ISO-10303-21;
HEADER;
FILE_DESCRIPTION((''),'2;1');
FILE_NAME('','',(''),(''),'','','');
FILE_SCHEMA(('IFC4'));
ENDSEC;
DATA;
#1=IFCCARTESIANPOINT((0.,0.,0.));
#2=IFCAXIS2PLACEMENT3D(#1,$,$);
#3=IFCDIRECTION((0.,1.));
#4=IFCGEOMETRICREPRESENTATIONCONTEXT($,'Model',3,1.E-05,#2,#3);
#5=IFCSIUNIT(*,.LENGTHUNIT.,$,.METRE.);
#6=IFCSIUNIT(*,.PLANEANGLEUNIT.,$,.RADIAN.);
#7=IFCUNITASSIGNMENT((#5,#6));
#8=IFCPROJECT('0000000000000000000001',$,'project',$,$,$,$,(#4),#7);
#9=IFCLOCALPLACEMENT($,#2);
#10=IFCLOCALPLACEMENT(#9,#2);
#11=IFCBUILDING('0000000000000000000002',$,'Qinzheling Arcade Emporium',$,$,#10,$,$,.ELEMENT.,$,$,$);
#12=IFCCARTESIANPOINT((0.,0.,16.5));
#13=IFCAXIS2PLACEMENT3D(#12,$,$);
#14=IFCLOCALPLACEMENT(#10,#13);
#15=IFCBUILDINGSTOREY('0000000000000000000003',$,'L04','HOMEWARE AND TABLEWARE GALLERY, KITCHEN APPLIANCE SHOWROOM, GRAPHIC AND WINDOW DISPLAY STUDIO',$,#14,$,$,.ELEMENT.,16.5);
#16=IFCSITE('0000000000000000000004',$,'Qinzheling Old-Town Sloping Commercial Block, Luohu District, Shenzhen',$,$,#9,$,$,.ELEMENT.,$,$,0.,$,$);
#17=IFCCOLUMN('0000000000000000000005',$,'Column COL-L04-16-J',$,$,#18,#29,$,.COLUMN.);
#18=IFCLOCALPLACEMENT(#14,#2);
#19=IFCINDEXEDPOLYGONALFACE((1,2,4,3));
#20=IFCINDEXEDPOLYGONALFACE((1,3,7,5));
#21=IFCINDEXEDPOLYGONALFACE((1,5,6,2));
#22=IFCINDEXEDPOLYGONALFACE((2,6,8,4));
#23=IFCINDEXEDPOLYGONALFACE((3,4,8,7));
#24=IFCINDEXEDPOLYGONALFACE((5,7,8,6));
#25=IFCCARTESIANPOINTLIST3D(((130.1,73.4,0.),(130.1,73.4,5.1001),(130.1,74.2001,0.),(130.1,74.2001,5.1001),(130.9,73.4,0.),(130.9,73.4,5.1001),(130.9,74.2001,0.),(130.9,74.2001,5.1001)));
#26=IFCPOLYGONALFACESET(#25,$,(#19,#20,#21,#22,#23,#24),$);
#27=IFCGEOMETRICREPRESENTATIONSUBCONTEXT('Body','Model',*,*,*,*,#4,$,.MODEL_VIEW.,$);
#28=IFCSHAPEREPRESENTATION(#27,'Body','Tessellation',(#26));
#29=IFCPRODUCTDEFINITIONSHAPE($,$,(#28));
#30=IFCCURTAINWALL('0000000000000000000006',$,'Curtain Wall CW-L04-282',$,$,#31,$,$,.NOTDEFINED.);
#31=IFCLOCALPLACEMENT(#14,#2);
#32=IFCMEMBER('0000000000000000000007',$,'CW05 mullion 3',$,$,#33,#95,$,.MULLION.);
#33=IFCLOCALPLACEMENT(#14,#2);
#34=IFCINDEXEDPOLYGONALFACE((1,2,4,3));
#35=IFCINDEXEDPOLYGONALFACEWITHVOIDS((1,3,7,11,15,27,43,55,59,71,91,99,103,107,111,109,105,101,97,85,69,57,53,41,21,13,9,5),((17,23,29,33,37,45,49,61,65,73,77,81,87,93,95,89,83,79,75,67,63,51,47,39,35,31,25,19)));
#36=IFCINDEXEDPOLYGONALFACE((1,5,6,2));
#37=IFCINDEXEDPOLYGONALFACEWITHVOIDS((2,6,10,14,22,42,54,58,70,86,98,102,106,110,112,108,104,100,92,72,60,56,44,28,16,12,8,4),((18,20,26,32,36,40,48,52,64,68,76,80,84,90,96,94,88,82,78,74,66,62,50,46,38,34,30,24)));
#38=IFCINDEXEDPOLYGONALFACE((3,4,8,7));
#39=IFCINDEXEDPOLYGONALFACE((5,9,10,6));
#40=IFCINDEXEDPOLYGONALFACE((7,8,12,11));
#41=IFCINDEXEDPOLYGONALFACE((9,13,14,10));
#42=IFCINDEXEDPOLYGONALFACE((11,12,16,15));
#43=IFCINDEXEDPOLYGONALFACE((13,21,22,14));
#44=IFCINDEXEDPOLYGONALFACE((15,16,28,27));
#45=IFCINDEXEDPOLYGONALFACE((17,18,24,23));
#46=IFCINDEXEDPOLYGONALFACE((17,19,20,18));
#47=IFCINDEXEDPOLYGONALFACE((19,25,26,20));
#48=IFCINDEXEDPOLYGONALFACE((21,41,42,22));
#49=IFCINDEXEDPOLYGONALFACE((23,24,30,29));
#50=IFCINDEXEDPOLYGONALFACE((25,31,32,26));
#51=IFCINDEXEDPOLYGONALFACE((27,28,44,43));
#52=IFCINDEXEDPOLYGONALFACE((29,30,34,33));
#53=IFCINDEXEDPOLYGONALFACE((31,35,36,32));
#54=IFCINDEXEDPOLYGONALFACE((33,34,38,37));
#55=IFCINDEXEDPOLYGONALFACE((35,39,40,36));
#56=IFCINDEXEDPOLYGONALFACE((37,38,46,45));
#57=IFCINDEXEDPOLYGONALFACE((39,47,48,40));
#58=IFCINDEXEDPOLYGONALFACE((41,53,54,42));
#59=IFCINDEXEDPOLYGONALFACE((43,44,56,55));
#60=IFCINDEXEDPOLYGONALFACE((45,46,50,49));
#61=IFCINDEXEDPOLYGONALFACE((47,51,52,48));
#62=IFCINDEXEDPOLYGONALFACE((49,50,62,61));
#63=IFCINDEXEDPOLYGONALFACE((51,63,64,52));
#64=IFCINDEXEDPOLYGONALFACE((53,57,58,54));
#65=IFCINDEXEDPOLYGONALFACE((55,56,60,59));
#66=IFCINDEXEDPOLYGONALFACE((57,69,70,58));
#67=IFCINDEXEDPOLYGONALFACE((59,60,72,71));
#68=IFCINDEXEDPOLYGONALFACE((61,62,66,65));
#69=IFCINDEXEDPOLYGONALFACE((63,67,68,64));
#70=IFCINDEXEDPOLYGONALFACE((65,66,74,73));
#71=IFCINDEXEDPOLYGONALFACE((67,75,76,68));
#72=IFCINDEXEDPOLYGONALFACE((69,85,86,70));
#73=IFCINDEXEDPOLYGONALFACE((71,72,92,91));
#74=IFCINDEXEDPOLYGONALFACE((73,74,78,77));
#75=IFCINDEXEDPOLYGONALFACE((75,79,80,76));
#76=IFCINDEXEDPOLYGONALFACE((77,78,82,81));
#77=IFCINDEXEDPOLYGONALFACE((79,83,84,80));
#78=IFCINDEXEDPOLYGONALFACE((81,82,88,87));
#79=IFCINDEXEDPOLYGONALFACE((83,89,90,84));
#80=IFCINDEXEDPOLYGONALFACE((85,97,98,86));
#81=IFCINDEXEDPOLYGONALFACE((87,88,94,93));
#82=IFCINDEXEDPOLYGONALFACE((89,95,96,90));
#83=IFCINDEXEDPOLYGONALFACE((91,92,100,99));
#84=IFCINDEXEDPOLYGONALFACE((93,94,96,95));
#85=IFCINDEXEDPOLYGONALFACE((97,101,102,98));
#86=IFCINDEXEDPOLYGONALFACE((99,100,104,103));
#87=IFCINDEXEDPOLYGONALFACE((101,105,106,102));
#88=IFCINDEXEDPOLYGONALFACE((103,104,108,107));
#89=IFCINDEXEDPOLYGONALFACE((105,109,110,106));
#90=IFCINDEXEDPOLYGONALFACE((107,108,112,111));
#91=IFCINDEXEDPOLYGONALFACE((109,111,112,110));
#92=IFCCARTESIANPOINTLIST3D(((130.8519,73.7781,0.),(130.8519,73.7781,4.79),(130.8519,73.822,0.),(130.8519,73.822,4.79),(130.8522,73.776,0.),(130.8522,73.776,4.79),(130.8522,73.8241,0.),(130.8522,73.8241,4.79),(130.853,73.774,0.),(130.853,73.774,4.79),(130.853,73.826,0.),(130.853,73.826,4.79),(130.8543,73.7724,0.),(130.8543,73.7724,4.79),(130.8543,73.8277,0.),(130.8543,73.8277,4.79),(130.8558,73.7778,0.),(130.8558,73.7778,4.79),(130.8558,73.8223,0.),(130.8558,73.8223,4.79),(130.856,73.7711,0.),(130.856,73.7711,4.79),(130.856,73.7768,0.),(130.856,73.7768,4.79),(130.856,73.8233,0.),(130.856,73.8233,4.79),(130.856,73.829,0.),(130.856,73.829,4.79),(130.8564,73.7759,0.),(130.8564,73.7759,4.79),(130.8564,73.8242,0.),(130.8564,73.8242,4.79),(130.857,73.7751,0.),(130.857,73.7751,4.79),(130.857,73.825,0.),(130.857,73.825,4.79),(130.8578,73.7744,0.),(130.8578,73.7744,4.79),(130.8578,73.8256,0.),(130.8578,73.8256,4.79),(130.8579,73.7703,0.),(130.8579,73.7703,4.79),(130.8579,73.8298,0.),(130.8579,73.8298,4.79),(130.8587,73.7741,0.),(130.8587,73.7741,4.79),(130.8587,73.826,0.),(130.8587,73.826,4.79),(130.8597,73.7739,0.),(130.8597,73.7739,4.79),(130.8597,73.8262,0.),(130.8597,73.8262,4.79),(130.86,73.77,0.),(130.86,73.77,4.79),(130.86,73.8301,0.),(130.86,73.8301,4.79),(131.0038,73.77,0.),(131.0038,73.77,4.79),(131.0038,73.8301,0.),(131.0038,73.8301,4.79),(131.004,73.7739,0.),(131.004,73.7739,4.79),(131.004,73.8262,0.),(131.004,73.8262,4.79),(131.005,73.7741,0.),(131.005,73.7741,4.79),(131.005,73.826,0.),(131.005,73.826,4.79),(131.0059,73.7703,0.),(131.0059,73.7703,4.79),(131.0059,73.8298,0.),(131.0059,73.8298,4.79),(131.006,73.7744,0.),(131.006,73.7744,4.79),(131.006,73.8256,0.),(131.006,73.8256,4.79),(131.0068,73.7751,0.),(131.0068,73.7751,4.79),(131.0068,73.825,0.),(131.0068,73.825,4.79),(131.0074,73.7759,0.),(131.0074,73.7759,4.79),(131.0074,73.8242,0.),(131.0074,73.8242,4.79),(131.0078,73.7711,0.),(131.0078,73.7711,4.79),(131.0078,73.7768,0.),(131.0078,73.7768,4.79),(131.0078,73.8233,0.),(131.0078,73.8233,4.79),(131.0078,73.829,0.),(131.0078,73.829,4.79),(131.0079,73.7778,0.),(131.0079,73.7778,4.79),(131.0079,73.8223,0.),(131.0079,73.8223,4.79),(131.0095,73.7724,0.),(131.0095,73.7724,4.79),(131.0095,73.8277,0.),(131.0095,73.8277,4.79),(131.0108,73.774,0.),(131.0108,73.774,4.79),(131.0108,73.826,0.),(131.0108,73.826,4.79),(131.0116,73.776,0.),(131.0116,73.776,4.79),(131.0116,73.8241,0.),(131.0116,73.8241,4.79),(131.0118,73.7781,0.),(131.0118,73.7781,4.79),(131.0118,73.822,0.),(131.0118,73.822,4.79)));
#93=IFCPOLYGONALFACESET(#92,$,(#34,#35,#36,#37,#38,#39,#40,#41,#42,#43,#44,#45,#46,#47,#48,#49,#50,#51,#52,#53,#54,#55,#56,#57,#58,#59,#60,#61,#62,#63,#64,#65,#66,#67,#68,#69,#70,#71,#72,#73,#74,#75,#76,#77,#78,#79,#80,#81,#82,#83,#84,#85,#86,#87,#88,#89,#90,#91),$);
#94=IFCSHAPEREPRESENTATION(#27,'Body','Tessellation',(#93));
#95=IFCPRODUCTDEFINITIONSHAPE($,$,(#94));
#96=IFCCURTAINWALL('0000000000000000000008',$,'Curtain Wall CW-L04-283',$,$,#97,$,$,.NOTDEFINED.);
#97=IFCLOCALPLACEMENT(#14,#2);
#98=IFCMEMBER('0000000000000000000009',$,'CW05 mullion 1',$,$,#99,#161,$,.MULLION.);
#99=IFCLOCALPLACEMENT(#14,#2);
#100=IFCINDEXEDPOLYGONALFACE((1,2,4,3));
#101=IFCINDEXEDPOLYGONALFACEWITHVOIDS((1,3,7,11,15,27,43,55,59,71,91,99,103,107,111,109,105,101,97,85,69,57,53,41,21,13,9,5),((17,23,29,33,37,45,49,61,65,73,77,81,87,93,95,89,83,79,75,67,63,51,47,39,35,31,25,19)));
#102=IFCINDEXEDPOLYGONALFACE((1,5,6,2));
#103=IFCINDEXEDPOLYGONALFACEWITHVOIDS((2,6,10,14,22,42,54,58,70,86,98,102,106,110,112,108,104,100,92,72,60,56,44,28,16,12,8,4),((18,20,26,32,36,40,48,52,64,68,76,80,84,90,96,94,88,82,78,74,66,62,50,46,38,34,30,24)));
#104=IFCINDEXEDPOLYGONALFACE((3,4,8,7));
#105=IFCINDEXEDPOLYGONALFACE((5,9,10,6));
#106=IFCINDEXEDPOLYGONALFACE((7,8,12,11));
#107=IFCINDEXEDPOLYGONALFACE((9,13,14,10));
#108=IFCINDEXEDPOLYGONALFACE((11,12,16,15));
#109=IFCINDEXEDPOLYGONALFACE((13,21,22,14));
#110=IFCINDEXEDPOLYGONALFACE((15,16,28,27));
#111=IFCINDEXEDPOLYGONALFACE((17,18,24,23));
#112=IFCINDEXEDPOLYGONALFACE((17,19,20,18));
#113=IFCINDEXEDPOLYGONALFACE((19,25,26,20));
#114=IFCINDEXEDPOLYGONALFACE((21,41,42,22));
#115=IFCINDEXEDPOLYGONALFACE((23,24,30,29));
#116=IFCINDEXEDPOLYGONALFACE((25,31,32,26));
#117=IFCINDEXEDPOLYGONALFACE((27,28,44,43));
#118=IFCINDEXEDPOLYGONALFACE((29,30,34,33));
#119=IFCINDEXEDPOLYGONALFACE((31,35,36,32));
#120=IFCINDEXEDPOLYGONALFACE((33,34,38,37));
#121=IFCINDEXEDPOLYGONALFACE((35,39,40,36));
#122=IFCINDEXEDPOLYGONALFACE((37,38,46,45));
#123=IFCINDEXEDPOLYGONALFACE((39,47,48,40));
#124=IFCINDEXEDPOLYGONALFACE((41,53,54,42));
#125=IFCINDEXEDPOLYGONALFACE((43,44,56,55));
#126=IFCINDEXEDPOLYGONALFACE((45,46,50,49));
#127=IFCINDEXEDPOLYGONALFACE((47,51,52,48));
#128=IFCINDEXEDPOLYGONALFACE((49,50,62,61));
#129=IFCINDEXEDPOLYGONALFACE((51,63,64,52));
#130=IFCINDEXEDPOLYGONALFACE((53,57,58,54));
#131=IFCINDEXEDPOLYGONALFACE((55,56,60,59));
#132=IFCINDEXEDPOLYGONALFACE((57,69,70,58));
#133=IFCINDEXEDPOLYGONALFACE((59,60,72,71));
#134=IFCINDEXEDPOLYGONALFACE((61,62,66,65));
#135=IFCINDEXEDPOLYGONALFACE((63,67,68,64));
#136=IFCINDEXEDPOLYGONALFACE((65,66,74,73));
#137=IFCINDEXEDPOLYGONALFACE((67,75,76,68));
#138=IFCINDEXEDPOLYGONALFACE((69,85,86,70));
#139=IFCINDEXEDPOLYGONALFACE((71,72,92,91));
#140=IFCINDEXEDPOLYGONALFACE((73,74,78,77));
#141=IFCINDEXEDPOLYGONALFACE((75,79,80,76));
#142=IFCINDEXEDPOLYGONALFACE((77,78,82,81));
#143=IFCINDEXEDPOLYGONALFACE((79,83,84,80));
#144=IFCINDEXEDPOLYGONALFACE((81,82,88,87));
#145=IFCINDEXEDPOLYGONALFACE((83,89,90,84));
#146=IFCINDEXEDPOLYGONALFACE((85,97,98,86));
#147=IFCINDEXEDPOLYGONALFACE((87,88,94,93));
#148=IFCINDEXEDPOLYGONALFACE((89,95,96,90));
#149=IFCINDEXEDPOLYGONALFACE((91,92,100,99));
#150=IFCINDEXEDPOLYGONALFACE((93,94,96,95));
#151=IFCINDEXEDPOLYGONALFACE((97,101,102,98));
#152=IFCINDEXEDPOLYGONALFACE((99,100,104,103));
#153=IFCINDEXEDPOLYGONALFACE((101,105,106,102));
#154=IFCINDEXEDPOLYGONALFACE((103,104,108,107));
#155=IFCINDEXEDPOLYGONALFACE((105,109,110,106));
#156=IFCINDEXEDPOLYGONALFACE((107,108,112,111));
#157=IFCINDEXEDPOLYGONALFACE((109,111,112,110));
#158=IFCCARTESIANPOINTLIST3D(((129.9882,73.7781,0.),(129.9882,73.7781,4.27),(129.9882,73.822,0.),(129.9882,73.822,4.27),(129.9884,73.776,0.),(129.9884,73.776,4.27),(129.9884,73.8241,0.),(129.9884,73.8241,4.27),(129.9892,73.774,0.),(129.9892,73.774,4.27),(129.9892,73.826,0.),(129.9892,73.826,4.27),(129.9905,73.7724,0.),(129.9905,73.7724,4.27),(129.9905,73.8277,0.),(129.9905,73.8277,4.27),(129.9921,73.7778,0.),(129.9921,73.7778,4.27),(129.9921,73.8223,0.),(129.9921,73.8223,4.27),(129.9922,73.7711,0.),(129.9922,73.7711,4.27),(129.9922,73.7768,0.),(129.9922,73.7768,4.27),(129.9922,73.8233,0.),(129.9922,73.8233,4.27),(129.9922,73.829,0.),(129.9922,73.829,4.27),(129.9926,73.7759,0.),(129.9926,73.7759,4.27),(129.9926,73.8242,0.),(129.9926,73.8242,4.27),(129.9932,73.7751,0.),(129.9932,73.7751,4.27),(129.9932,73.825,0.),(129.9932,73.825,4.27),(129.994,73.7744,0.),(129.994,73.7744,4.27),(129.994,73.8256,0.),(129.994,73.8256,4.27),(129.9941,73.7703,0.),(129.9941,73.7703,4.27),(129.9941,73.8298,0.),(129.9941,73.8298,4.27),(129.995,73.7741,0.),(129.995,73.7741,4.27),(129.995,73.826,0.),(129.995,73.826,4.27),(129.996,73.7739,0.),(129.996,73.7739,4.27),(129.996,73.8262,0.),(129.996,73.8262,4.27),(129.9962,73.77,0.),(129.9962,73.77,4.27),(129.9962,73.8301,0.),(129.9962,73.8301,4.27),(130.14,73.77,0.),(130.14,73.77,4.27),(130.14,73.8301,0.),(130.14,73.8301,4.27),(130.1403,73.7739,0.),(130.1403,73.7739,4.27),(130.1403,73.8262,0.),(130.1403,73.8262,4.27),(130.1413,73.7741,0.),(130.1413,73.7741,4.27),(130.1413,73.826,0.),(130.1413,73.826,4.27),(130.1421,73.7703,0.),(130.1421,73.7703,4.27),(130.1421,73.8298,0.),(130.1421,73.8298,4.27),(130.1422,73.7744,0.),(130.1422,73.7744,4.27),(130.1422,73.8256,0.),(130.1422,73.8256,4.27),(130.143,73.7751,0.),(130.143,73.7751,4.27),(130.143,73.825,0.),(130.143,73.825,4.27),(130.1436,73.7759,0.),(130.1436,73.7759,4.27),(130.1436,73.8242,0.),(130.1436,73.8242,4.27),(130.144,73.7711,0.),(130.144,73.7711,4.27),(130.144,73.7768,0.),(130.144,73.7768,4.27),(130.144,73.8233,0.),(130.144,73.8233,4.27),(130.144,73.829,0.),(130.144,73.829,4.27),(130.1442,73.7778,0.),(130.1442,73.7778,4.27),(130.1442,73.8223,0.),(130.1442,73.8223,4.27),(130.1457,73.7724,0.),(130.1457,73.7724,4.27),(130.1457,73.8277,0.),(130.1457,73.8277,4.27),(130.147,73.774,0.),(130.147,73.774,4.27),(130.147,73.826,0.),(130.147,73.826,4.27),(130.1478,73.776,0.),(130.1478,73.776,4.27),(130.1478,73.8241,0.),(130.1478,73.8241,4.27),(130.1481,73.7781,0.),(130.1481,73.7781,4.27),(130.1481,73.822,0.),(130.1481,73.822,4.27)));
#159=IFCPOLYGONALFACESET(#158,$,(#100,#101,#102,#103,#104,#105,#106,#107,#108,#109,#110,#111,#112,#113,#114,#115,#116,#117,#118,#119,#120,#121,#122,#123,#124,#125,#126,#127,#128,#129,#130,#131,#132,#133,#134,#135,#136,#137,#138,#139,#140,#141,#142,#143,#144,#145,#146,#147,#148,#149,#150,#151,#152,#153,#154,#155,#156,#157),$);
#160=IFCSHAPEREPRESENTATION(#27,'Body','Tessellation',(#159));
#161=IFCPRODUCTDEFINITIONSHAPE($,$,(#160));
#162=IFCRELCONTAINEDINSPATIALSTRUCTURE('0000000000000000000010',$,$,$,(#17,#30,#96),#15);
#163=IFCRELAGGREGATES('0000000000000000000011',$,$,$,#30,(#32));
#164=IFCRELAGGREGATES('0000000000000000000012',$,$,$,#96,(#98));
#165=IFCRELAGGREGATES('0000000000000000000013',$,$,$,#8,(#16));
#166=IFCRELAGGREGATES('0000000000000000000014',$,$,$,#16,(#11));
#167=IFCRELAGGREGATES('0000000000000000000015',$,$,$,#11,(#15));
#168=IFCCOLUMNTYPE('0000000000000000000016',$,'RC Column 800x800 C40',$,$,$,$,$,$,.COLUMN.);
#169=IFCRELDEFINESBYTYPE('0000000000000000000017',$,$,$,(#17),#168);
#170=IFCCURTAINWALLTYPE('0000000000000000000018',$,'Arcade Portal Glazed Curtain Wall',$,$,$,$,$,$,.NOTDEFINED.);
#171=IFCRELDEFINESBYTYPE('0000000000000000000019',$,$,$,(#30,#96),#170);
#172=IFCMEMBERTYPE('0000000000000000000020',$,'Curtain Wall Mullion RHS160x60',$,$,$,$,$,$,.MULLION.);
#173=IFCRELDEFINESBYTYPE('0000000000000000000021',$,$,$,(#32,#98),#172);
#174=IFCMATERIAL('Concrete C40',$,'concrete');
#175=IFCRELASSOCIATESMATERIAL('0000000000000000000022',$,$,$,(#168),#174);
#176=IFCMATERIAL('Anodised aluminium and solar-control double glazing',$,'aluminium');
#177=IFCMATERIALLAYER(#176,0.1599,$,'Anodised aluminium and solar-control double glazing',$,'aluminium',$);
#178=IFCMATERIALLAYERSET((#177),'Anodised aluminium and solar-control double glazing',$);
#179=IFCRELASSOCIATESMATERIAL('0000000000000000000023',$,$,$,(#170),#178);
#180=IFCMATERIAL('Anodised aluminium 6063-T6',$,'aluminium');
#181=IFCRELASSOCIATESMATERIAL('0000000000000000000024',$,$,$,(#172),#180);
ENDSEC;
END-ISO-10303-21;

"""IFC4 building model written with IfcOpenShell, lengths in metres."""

from ifc_helpers import new_model, si_unit, direction, frame, origin, origin_2d, place, context, subcontext, project, spatial, rectangle, hollow_rectangle, extrude, material, layer, layer_set, material_profile, profile_set, type_object, element, aggregate, save


model = new_model("IFC4")

# Units and contexts
model_context = context("Model", 3, precision=1e-05, world=origin(), true_north=direction((0.0, 1.0)))
body_context = subcontext(model_context, "Body", "Model", "MODEL_VIEW")
ifc_project = project(units=[si_unit("LENGTHUNIT", "METRE"), si_unit("PLANEANGLEUNIT", "RADIAN")], contexts=[model_context])

# Site, building, storey
site_placement = place(None, origin())
site = spatial("IfcSite", under=ifc_project, at=site_placement, Name="Qinzheling Old-Town Sloping Commercial Block, Luohu District, Shenzhen", CompositionType="ELEMENT", RefElevation=0.0)
building_placement = place(site_placement, origin())
building = spatial("IfcBuilding", under=site, at=building_placement, Name="Qinzheling Arcade Emporium", CompositionType="ELEMENT")
storey_placement = place(building_placement, frame((0.0, 0.0, 16.5)))
storey = spatial("IfcBuildingStorey", under=building, at=storey_placement, Name="L04", Description="HOMEWARE AND TABLEWARE GALLERY, KITCHEN APPLIANCE SHOWROOM, GRAPHIC AND WINDOW DISPLAY STUDIO", CompositionType="ELEMENT", Elevation=16.5)

# Column
ifc_material_1 = material(Name="Concrete C40", Category="concrete")
ifc_material_profile_1 = material_profile(ifc_material_1, rectangle(XDim=0.8, YDim=0.8, at=origin_2d()), Name="RC 800x800", Category="concrete")
ifc_profile_set_1 = profile_set([ifc_material_profile_1], Name="Concrete C40")
column_type = type_object("IfcColumnType", Name="RC Column 800x800 C40", PredefinedType="COLUMN", material=ifc_profile_set_1)
column_placement = place(storey_placement, frame((130.5, 73.8, 0.0), z_axis=(0.0, 0.0, 1.0), x_axis=(1.0, 0.0, 0.0)))
element("IfcColumn", 1, at=column_placement, inside=storey, type_object=column_type, Name="Column COL-L04-16-J", PredefinedType="COLUMN", context=body_context, shape_type="SweptSolid", body=[
    extrude(rectangle(XDim=0.8, YDim=0.8, at=origin_2d()), origin(), (0.0, 0.0, 1.0), 5.1001),
])

# Curtain wall, member
ifc_material_2 = material(Name="Anodised aluminium and solar-control double glazing", Category="aluminium")
ifc_layer_1 = layer(ifc_material_2, 0.1599, Name="Anodised aluminium and solar-control double glazing", Category="aluminium")
ifc_layer_set_1 = layer_set([ifc_layer_1], Name="Anodised aluminium and solar-control double glazing")
curtain_wall_type = type_object("IfcCurtainWallType", Name="Arcade Portal Glazed Curtain Wall", PredefinedType="NOTDEFINED", material=ifc_layer_set_1)
curtain_wall_1_placement = place(storey_placement, origin())
curtain_wall_1 = element("IfcCurtainWall", 2, at=curtain_wall_1_placement, inside=storey, type_object=curtain_wall_type, Name="Curtain Wall CW-L04-282", PredefinedType="NOTDEFINED")
ifc_material_3 = material(Name="Anodised aluminium 6063-T6", Category="aluminium")
ifc_material_profile_2 = material_profile(ifc_material_3, hollow_rectangle(XDim=0.0601, YDim=0.1599, WallThickness=0.0039, InnerFilletRadius=0.0039, OuterFilletRadius=0.0081, at=origin_2d()), Name="RHS 160x60x4", Category="aluminium")
ifc_profile_set_2 = profile_set([ifc_material_profile_2], Name="Anodised aluminium 6063-T6")
member_type_1 = type_object("IfcMemberType", Name="Curtain Wall Mullion RHS160x60", PredefinedType="MULLION", material=ifc_profile_set_2)
member_1_placement = place(storey_placement, frame((130.9319, 73.8, 0.0), z_axis=(0.0, 0.0, 1.0), x_axis=(0.0, -1.0, 0.0)))
member_1 = element("IfcMember", 3, at=member_1_placement, type_object=member_type_1, Name="CW05 mullion 3", PredefinedType="MULLION", context=body_context, shape_type="SweptSolid", body=[
    extrude(hollow_rectangle(XDim=0.0601, YDim=0.1599, WallThickness=0.0039, InnerFilletRadius=0.0039, OuterFilletRadius=0.0081, at=origin_2d()), origin(), (0.0, 0.0, 1.0), 4.79),
])

# Curtain wall, member
curtain_wall_2_placement = place(storey_placement, origin())
curtain_wall_2 = element("IfcCurtainWall", 4, at=curtain_wall_2_placement, inside=storey, type_object=curtain_wall_type, Name="Curtain Wall CW-L04-283", PredefinedType="NOTDEFINED")
member_2_placement = place(storey_placement, frame((130.0681, 73.8, 0.0), z_axis=(0.0, 0.0, 1.0), x_axis=(0.0, -1.0, 0.0)))
member_2 = element("IfcMember", 5, at=member_2_placement, type_object=member_type_1, Name="CW05 mullion 1", PredefinedType="MULLION", context=body_context, shape_type="SweptSolid", body=[
    extrude(hollow_rectangle(XDim=0.0601, YDim=0.1599, WallThickness=0.0039, InnerFilletRadius=0.0039, OuterFilletRadius=0.0081, at=origin_2d()), origin(), (0.0, 0.0, 1.0), 4.27),
])

aggregate(curtain_wall_1, [member_1])
aggregate(curtain_wall_2, [member_2])

save(model, "model.ifc")
